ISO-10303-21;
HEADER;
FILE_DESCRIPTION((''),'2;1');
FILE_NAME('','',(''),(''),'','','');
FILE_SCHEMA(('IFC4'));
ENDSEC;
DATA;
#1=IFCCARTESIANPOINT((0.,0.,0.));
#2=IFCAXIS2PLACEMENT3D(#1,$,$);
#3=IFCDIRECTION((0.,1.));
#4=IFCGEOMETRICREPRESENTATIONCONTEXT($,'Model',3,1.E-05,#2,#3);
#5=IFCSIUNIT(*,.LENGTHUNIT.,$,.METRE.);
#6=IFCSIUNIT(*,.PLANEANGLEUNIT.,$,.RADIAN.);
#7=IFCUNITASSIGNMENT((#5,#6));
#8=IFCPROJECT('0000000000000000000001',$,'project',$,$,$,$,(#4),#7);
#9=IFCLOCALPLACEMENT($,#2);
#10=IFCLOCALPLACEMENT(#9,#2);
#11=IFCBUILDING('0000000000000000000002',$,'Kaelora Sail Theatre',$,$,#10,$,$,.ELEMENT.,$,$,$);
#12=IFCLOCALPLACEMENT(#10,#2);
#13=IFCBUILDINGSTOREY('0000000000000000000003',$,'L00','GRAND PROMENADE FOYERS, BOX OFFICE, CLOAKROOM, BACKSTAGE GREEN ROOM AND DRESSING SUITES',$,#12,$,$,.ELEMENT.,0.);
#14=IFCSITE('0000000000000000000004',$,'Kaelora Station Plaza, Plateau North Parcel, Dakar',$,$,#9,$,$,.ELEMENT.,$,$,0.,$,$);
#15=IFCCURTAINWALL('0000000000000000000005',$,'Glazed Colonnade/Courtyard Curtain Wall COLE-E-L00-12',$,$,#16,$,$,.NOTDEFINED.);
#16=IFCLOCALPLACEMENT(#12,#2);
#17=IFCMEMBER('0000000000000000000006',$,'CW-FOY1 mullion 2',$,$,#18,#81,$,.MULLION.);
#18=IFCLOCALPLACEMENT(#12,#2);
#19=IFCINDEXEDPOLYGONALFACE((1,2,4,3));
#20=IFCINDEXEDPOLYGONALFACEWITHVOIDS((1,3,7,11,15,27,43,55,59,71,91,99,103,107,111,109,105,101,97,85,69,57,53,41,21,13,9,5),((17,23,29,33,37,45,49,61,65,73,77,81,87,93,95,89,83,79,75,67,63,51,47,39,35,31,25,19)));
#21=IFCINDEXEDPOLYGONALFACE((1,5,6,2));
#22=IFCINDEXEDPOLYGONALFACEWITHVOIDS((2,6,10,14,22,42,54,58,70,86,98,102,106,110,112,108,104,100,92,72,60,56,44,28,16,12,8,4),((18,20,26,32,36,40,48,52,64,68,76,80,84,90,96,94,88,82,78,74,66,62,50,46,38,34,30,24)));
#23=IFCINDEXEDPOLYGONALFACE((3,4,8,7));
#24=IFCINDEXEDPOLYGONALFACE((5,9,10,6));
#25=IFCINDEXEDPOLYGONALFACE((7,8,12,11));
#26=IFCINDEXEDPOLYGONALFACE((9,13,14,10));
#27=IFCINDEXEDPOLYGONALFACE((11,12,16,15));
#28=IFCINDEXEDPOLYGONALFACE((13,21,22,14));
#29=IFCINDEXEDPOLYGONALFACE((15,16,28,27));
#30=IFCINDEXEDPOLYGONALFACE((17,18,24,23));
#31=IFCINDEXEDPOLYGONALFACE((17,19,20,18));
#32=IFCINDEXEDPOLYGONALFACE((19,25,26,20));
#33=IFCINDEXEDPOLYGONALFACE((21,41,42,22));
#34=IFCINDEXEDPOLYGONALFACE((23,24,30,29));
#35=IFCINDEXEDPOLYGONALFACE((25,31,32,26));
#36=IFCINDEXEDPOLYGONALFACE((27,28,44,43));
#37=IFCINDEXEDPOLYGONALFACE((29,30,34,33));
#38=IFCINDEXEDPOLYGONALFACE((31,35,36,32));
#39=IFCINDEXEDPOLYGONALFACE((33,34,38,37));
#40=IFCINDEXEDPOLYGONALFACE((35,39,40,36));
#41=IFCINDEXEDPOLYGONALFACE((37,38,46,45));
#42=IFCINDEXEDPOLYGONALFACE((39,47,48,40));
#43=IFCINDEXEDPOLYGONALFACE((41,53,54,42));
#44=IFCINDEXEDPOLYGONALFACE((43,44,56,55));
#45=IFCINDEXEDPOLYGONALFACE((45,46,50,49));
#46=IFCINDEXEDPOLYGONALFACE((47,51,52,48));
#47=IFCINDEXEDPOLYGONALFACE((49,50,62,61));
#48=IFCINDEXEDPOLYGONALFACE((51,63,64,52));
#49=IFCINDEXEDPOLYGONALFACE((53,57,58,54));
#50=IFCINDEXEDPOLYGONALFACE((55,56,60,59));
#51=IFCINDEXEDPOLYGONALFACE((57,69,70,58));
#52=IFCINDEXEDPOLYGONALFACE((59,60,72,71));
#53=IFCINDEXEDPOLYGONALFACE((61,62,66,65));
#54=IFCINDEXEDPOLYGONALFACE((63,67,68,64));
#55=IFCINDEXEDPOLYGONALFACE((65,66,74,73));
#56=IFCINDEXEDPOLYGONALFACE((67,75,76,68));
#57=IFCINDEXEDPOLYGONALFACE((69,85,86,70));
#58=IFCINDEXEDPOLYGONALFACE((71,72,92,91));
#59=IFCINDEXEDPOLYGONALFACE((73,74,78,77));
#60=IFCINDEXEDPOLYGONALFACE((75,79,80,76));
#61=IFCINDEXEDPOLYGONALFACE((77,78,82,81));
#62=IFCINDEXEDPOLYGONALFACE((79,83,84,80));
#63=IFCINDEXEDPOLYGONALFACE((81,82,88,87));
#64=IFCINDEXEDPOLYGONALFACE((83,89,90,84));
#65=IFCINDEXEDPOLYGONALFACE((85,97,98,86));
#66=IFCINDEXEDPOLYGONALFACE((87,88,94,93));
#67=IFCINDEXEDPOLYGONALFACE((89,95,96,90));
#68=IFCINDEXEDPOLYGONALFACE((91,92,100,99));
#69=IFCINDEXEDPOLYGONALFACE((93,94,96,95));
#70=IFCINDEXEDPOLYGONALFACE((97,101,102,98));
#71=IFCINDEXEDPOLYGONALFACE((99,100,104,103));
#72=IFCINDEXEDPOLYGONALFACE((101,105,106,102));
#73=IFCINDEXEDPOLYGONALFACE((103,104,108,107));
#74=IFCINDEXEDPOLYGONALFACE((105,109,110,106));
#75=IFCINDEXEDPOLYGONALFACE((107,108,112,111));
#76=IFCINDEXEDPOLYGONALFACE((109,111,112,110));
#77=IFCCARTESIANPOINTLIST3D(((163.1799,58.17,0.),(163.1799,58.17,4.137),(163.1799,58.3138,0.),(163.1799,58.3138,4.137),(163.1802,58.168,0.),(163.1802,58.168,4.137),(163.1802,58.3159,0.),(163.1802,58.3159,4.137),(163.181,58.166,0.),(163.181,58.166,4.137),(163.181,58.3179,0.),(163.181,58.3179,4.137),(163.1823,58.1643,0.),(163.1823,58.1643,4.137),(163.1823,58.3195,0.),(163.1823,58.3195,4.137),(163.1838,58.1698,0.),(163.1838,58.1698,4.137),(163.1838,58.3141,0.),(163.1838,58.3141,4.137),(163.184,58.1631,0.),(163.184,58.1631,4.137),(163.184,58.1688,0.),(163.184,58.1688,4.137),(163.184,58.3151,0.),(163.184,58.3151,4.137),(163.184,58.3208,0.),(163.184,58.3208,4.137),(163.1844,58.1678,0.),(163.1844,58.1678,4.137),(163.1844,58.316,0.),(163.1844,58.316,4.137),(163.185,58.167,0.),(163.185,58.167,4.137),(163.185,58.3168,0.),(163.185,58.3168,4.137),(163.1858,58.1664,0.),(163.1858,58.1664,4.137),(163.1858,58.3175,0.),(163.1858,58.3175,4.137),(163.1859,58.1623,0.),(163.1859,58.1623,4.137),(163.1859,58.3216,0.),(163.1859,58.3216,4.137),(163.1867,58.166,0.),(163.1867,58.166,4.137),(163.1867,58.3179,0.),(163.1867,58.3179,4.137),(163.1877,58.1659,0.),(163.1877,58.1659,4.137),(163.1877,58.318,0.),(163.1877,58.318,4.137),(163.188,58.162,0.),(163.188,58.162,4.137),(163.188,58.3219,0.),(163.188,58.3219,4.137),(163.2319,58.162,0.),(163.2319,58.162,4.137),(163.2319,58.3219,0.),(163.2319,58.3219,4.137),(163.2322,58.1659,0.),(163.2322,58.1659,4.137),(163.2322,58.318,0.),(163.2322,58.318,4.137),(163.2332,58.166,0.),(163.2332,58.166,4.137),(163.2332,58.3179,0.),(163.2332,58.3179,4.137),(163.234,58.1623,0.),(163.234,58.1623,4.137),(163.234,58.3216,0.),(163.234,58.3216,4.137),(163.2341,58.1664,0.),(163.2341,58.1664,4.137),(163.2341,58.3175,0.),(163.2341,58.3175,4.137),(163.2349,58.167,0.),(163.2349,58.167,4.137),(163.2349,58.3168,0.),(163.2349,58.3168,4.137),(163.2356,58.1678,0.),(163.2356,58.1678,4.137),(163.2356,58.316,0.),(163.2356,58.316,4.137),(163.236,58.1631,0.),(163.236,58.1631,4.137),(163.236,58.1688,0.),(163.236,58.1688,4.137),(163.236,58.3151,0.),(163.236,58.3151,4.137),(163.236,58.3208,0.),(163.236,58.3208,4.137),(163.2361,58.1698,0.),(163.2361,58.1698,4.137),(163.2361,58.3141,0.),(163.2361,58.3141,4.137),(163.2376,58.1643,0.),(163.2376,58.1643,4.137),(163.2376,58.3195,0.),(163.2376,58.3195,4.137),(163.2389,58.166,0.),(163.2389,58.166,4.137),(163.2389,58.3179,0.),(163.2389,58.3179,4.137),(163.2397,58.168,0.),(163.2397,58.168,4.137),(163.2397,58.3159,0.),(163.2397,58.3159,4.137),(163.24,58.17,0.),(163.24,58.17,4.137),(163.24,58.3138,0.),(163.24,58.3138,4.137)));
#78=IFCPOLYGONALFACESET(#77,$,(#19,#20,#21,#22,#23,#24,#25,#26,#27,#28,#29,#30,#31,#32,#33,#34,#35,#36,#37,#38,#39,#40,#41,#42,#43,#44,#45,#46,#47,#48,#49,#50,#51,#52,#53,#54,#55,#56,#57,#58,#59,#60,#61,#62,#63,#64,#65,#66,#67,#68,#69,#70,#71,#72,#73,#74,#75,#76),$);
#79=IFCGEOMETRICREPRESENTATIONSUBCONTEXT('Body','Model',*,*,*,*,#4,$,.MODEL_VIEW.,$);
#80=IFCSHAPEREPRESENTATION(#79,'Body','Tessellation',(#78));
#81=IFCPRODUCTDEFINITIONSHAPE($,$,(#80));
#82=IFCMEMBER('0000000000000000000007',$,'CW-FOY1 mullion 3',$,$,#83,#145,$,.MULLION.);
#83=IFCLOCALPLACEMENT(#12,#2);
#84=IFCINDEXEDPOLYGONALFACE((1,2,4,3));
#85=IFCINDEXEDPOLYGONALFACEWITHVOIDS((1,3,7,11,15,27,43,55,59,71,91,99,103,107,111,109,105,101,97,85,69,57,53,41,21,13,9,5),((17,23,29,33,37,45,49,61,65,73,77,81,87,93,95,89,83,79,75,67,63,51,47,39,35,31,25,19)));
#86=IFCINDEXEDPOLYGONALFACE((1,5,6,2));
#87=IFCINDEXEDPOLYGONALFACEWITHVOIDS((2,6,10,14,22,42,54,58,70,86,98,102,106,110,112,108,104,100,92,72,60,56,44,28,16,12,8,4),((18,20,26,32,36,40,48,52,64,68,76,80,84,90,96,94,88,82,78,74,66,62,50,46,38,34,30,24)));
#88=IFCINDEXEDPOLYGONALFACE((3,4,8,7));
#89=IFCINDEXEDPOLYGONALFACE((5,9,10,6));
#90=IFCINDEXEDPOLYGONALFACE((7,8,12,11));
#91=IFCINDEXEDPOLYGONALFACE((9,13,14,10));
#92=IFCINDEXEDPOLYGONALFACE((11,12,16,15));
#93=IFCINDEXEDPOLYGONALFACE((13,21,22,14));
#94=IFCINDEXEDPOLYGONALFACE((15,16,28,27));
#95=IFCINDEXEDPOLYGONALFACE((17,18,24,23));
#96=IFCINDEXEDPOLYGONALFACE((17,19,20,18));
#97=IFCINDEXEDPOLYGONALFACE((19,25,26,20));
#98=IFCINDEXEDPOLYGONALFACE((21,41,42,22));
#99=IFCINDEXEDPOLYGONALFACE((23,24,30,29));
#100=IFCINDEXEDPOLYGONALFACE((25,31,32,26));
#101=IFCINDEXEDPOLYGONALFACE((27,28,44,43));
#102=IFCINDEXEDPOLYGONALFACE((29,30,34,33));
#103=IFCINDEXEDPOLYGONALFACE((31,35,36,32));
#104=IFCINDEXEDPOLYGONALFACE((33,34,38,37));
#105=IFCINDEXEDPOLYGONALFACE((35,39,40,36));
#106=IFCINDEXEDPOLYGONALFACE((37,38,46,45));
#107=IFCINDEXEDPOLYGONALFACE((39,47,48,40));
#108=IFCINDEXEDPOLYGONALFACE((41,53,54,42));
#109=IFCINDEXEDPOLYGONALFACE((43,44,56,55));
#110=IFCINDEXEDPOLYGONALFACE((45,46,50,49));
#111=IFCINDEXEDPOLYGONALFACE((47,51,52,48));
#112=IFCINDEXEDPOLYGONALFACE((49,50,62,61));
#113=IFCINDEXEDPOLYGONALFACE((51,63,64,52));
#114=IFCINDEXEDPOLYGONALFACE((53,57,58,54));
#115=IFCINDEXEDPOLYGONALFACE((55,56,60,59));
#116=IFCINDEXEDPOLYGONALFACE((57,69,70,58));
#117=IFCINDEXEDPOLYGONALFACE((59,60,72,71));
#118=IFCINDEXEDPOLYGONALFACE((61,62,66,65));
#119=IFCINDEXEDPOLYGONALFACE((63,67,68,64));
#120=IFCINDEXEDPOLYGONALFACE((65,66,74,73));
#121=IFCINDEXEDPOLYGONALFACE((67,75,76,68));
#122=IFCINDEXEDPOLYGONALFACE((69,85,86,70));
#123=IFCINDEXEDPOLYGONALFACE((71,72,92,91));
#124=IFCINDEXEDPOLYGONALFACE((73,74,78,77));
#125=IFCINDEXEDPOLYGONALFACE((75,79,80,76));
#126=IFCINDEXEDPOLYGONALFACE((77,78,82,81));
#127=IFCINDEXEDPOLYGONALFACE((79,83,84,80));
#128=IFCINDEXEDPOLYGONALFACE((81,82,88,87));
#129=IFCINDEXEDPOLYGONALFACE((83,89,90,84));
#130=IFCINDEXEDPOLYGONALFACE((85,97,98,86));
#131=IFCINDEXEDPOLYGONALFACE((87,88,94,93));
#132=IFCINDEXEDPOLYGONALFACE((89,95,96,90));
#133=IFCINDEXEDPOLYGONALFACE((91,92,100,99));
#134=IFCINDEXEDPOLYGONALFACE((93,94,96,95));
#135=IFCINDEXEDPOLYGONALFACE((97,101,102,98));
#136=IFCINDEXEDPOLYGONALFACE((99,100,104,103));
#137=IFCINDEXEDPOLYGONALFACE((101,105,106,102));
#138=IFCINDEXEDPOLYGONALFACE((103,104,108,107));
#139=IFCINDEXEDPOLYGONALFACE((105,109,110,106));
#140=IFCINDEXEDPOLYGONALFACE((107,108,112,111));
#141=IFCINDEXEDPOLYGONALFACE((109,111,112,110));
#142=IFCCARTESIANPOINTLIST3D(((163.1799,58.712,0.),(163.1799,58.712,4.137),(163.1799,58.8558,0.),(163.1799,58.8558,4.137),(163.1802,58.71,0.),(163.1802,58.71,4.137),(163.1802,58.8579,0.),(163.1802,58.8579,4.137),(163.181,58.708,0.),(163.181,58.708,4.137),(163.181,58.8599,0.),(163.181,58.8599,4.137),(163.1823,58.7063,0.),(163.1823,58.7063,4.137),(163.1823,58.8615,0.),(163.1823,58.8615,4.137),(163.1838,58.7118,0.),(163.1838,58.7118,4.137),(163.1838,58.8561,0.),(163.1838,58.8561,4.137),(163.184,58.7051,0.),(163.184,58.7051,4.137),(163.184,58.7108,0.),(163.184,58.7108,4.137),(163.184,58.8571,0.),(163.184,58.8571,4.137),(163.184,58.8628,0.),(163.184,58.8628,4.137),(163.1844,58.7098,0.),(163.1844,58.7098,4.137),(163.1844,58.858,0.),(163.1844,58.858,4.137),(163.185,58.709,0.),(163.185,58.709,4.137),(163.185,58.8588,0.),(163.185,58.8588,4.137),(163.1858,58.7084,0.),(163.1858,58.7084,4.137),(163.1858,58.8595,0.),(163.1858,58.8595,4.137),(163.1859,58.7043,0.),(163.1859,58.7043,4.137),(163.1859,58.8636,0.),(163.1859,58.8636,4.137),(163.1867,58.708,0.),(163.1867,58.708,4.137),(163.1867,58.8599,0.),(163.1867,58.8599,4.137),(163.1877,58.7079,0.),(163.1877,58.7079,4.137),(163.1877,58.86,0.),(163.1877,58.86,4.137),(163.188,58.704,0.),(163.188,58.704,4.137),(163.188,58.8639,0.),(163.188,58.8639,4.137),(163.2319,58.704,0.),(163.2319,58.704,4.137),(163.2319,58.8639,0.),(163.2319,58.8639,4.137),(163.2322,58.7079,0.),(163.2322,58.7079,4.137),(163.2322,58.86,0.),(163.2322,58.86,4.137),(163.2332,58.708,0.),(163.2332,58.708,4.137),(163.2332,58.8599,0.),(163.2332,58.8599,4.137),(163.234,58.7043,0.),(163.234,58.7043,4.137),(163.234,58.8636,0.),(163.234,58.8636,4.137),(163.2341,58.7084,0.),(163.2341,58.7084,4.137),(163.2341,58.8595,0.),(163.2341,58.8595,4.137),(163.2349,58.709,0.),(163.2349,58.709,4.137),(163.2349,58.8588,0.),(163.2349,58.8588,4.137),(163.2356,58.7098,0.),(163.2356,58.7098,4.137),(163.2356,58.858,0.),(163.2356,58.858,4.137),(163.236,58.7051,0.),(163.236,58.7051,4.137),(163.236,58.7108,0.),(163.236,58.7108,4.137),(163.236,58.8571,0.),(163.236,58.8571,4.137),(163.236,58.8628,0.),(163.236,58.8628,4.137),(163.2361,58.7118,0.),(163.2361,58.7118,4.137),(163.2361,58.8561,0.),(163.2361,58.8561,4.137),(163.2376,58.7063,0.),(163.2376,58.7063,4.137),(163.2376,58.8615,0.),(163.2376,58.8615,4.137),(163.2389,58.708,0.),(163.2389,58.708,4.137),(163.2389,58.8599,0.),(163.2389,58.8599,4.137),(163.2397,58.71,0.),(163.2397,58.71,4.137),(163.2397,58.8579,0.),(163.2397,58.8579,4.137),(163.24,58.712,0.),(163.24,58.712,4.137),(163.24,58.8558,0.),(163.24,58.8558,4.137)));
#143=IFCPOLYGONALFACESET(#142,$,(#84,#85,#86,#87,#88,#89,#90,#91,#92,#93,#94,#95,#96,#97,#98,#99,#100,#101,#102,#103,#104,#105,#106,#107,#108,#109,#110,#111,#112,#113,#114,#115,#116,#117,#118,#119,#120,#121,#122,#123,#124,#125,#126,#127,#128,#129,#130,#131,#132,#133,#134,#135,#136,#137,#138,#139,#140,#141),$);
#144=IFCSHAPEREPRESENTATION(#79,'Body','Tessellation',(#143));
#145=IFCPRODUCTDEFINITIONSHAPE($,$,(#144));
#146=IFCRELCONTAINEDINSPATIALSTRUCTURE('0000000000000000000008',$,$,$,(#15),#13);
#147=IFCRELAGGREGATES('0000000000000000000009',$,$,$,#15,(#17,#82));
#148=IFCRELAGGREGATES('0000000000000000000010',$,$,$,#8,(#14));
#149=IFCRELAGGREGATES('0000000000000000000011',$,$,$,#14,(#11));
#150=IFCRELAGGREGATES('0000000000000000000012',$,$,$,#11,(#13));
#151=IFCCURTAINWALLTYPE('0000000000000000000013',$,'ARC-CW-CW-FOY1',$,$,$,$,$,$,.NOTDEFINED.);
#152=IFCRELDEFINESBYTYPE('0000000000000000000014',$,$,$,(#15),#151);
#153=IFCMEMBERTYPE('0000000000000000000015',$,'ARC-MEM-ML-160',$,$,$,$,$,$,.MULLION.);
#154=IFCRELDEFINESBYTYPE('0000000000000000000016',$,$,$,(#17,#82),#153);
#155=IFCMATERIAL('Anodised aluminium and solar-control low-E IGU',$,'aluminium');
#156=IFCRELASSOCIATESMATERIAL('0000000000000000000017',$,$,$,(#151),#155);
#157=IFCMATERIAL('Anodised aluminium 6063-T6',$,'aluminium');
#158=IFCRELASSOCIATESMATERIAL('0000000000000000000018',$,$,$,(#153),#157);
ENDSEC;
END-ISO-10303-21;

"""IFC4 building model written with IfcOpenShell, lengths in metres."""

from ifc_helpers import new_model, si_unit, direction, frame, origin, origin_2d, place, context, subcontext, project, spatial, hollow_rectangle, extrude, material, material_profile, profile_set, type_object, element, aggregate, save


model = new_model("IFC4")

# Units and contexts
model_context = context("Model", 3, precision=1e-05, world=origin(), true_north=direction((0.0, 1.0)))
body_context = subcontext(model_context, "Body", "Model", "MODEL_VIEW")
ifc_project = project(units=[si_unit("LENGTHUNIT", "METRE"), si_unit("PLANEANGLEUNIT", "RADIAN")], contexts=[model_context])

# Site, building, storey
site_placement = place(None, origin())
site = spatial("IfcSite", under=ifc_project, at=site_placement, Name="Kaelora Station Plaza, Plateau North Parcel, Dakar", CompositionType="ELEMENT", RefElevation=0.0)
building_placement = place(site_placement, origin())
building = spatial("IfcBuilding", under=site, at=building_placement, Name="Kaelora Sail Theatre", CompositionType="ELEMENT")
storey_placement = place(building_placement, origin())
storey = spatial("IfcBuildingStorey", under=building, at=storey_placement, Name="L00", Description="GRAND PROMENADE FOYERS, BOX OFFICE, CLOAKROOM, BACKSTAGE GREEN ROOM AND DRESSING SUITES", CompositionType="ELEMENT", Elevation=0.0)

# Shared definitions
ifc_material_1 = material(Name="Anodised aluminium and solar-control low-E IGU", Category="aluminium")
curtain_wall_type = type_object("IfcCurtainWallType", Name="ARC-CW-CW-FOY1", PredefinedType="NOTDEFINED", material=ifc_material_1)
ifc_material_2 = material(Name="Anodised aluminium 6063-T6", Category="aluminium")
ifc_material_profile_1 = material_profile(ifc_material_2, hollow_rectangle(XDim=0.0601, YDim=0.1599, WallThickness=0.0039, InnerFilletRadius=0.0039, OuterFilletRadius=0.0081, at=origin_2d()), Name="ALU-MULL 60x160x4")
ifc_profile_set_1 = profile_set([ifc_material_profile_1], Name="Anodised aluminium 6063-T6")
member_type_1 = type_object("IfcMemberType", Name="ARC-MEM-ML-160", PredefinedType="MULLION", material=ifc_profile_set_1)

# Curtain wall, members
curtain_wall_1_placement = place(storey_placement, origin())
curtain_wall_1 = element("IfcCurtainWall", 1, at=curtain_wall_1_placement, inside=storey, type_object=curtain_wall_type, Name="Glazed Colonnade/Courtyard Curtain Wall COLE-E-L00-12", PredefinedType="NOTDEFINED")
member_1_placement = place(storey_placement, frame((163.21, 58.2419, 0.0), z_axis=(0.0, 0.0, 1.0), x_axis=(-1.0, 0.0, 0.0)))
member_1 = element("IfcMember", 2, at=member_1_placement, type_object=member_type_1, Name="CW-FOY1 mullion 2", PredefinedType="MULLION", context=body_context, shape_type="SweptSolid", body=[
    extrude(hollow_rectangle(XDim=0.0601, YDim=0.1599, WallThickness=0.0039, InnerFilletRadius=0.0039, OuterFilletRadius=0.0081, at=origin_2d()), origin(), (0.0, 0.0, 1.0), 4.137),
])
member_2_placement = place(storey_placement, frame((163.21, 58.7839, 0.0), z_axis=(0.0, 0.0, 1.0), x_axis=(-1.0, 0.0, 0.0)))
member_2 = element("IfcMember", 3, at=member_2_placement, type_object=member_type_1, Name="CW-FOY1 mullion 3", PredefinedType="MULLION", context=body_context, shape_type="SweptSolid", body=[
    extrude(hollow_rectangle(XDim=0.0601, YDim=0.1599, WallThickness=0.0039, InnerFilletRadius=0.0039, OuterFilletRadius=0.0081, at=origin_2d()), origin(), (0.0, 0.0, 1.0), 4.137),
])
aggregate(curtain_wall_1, [member_1, member_2])

save(model, "model.ifc")
